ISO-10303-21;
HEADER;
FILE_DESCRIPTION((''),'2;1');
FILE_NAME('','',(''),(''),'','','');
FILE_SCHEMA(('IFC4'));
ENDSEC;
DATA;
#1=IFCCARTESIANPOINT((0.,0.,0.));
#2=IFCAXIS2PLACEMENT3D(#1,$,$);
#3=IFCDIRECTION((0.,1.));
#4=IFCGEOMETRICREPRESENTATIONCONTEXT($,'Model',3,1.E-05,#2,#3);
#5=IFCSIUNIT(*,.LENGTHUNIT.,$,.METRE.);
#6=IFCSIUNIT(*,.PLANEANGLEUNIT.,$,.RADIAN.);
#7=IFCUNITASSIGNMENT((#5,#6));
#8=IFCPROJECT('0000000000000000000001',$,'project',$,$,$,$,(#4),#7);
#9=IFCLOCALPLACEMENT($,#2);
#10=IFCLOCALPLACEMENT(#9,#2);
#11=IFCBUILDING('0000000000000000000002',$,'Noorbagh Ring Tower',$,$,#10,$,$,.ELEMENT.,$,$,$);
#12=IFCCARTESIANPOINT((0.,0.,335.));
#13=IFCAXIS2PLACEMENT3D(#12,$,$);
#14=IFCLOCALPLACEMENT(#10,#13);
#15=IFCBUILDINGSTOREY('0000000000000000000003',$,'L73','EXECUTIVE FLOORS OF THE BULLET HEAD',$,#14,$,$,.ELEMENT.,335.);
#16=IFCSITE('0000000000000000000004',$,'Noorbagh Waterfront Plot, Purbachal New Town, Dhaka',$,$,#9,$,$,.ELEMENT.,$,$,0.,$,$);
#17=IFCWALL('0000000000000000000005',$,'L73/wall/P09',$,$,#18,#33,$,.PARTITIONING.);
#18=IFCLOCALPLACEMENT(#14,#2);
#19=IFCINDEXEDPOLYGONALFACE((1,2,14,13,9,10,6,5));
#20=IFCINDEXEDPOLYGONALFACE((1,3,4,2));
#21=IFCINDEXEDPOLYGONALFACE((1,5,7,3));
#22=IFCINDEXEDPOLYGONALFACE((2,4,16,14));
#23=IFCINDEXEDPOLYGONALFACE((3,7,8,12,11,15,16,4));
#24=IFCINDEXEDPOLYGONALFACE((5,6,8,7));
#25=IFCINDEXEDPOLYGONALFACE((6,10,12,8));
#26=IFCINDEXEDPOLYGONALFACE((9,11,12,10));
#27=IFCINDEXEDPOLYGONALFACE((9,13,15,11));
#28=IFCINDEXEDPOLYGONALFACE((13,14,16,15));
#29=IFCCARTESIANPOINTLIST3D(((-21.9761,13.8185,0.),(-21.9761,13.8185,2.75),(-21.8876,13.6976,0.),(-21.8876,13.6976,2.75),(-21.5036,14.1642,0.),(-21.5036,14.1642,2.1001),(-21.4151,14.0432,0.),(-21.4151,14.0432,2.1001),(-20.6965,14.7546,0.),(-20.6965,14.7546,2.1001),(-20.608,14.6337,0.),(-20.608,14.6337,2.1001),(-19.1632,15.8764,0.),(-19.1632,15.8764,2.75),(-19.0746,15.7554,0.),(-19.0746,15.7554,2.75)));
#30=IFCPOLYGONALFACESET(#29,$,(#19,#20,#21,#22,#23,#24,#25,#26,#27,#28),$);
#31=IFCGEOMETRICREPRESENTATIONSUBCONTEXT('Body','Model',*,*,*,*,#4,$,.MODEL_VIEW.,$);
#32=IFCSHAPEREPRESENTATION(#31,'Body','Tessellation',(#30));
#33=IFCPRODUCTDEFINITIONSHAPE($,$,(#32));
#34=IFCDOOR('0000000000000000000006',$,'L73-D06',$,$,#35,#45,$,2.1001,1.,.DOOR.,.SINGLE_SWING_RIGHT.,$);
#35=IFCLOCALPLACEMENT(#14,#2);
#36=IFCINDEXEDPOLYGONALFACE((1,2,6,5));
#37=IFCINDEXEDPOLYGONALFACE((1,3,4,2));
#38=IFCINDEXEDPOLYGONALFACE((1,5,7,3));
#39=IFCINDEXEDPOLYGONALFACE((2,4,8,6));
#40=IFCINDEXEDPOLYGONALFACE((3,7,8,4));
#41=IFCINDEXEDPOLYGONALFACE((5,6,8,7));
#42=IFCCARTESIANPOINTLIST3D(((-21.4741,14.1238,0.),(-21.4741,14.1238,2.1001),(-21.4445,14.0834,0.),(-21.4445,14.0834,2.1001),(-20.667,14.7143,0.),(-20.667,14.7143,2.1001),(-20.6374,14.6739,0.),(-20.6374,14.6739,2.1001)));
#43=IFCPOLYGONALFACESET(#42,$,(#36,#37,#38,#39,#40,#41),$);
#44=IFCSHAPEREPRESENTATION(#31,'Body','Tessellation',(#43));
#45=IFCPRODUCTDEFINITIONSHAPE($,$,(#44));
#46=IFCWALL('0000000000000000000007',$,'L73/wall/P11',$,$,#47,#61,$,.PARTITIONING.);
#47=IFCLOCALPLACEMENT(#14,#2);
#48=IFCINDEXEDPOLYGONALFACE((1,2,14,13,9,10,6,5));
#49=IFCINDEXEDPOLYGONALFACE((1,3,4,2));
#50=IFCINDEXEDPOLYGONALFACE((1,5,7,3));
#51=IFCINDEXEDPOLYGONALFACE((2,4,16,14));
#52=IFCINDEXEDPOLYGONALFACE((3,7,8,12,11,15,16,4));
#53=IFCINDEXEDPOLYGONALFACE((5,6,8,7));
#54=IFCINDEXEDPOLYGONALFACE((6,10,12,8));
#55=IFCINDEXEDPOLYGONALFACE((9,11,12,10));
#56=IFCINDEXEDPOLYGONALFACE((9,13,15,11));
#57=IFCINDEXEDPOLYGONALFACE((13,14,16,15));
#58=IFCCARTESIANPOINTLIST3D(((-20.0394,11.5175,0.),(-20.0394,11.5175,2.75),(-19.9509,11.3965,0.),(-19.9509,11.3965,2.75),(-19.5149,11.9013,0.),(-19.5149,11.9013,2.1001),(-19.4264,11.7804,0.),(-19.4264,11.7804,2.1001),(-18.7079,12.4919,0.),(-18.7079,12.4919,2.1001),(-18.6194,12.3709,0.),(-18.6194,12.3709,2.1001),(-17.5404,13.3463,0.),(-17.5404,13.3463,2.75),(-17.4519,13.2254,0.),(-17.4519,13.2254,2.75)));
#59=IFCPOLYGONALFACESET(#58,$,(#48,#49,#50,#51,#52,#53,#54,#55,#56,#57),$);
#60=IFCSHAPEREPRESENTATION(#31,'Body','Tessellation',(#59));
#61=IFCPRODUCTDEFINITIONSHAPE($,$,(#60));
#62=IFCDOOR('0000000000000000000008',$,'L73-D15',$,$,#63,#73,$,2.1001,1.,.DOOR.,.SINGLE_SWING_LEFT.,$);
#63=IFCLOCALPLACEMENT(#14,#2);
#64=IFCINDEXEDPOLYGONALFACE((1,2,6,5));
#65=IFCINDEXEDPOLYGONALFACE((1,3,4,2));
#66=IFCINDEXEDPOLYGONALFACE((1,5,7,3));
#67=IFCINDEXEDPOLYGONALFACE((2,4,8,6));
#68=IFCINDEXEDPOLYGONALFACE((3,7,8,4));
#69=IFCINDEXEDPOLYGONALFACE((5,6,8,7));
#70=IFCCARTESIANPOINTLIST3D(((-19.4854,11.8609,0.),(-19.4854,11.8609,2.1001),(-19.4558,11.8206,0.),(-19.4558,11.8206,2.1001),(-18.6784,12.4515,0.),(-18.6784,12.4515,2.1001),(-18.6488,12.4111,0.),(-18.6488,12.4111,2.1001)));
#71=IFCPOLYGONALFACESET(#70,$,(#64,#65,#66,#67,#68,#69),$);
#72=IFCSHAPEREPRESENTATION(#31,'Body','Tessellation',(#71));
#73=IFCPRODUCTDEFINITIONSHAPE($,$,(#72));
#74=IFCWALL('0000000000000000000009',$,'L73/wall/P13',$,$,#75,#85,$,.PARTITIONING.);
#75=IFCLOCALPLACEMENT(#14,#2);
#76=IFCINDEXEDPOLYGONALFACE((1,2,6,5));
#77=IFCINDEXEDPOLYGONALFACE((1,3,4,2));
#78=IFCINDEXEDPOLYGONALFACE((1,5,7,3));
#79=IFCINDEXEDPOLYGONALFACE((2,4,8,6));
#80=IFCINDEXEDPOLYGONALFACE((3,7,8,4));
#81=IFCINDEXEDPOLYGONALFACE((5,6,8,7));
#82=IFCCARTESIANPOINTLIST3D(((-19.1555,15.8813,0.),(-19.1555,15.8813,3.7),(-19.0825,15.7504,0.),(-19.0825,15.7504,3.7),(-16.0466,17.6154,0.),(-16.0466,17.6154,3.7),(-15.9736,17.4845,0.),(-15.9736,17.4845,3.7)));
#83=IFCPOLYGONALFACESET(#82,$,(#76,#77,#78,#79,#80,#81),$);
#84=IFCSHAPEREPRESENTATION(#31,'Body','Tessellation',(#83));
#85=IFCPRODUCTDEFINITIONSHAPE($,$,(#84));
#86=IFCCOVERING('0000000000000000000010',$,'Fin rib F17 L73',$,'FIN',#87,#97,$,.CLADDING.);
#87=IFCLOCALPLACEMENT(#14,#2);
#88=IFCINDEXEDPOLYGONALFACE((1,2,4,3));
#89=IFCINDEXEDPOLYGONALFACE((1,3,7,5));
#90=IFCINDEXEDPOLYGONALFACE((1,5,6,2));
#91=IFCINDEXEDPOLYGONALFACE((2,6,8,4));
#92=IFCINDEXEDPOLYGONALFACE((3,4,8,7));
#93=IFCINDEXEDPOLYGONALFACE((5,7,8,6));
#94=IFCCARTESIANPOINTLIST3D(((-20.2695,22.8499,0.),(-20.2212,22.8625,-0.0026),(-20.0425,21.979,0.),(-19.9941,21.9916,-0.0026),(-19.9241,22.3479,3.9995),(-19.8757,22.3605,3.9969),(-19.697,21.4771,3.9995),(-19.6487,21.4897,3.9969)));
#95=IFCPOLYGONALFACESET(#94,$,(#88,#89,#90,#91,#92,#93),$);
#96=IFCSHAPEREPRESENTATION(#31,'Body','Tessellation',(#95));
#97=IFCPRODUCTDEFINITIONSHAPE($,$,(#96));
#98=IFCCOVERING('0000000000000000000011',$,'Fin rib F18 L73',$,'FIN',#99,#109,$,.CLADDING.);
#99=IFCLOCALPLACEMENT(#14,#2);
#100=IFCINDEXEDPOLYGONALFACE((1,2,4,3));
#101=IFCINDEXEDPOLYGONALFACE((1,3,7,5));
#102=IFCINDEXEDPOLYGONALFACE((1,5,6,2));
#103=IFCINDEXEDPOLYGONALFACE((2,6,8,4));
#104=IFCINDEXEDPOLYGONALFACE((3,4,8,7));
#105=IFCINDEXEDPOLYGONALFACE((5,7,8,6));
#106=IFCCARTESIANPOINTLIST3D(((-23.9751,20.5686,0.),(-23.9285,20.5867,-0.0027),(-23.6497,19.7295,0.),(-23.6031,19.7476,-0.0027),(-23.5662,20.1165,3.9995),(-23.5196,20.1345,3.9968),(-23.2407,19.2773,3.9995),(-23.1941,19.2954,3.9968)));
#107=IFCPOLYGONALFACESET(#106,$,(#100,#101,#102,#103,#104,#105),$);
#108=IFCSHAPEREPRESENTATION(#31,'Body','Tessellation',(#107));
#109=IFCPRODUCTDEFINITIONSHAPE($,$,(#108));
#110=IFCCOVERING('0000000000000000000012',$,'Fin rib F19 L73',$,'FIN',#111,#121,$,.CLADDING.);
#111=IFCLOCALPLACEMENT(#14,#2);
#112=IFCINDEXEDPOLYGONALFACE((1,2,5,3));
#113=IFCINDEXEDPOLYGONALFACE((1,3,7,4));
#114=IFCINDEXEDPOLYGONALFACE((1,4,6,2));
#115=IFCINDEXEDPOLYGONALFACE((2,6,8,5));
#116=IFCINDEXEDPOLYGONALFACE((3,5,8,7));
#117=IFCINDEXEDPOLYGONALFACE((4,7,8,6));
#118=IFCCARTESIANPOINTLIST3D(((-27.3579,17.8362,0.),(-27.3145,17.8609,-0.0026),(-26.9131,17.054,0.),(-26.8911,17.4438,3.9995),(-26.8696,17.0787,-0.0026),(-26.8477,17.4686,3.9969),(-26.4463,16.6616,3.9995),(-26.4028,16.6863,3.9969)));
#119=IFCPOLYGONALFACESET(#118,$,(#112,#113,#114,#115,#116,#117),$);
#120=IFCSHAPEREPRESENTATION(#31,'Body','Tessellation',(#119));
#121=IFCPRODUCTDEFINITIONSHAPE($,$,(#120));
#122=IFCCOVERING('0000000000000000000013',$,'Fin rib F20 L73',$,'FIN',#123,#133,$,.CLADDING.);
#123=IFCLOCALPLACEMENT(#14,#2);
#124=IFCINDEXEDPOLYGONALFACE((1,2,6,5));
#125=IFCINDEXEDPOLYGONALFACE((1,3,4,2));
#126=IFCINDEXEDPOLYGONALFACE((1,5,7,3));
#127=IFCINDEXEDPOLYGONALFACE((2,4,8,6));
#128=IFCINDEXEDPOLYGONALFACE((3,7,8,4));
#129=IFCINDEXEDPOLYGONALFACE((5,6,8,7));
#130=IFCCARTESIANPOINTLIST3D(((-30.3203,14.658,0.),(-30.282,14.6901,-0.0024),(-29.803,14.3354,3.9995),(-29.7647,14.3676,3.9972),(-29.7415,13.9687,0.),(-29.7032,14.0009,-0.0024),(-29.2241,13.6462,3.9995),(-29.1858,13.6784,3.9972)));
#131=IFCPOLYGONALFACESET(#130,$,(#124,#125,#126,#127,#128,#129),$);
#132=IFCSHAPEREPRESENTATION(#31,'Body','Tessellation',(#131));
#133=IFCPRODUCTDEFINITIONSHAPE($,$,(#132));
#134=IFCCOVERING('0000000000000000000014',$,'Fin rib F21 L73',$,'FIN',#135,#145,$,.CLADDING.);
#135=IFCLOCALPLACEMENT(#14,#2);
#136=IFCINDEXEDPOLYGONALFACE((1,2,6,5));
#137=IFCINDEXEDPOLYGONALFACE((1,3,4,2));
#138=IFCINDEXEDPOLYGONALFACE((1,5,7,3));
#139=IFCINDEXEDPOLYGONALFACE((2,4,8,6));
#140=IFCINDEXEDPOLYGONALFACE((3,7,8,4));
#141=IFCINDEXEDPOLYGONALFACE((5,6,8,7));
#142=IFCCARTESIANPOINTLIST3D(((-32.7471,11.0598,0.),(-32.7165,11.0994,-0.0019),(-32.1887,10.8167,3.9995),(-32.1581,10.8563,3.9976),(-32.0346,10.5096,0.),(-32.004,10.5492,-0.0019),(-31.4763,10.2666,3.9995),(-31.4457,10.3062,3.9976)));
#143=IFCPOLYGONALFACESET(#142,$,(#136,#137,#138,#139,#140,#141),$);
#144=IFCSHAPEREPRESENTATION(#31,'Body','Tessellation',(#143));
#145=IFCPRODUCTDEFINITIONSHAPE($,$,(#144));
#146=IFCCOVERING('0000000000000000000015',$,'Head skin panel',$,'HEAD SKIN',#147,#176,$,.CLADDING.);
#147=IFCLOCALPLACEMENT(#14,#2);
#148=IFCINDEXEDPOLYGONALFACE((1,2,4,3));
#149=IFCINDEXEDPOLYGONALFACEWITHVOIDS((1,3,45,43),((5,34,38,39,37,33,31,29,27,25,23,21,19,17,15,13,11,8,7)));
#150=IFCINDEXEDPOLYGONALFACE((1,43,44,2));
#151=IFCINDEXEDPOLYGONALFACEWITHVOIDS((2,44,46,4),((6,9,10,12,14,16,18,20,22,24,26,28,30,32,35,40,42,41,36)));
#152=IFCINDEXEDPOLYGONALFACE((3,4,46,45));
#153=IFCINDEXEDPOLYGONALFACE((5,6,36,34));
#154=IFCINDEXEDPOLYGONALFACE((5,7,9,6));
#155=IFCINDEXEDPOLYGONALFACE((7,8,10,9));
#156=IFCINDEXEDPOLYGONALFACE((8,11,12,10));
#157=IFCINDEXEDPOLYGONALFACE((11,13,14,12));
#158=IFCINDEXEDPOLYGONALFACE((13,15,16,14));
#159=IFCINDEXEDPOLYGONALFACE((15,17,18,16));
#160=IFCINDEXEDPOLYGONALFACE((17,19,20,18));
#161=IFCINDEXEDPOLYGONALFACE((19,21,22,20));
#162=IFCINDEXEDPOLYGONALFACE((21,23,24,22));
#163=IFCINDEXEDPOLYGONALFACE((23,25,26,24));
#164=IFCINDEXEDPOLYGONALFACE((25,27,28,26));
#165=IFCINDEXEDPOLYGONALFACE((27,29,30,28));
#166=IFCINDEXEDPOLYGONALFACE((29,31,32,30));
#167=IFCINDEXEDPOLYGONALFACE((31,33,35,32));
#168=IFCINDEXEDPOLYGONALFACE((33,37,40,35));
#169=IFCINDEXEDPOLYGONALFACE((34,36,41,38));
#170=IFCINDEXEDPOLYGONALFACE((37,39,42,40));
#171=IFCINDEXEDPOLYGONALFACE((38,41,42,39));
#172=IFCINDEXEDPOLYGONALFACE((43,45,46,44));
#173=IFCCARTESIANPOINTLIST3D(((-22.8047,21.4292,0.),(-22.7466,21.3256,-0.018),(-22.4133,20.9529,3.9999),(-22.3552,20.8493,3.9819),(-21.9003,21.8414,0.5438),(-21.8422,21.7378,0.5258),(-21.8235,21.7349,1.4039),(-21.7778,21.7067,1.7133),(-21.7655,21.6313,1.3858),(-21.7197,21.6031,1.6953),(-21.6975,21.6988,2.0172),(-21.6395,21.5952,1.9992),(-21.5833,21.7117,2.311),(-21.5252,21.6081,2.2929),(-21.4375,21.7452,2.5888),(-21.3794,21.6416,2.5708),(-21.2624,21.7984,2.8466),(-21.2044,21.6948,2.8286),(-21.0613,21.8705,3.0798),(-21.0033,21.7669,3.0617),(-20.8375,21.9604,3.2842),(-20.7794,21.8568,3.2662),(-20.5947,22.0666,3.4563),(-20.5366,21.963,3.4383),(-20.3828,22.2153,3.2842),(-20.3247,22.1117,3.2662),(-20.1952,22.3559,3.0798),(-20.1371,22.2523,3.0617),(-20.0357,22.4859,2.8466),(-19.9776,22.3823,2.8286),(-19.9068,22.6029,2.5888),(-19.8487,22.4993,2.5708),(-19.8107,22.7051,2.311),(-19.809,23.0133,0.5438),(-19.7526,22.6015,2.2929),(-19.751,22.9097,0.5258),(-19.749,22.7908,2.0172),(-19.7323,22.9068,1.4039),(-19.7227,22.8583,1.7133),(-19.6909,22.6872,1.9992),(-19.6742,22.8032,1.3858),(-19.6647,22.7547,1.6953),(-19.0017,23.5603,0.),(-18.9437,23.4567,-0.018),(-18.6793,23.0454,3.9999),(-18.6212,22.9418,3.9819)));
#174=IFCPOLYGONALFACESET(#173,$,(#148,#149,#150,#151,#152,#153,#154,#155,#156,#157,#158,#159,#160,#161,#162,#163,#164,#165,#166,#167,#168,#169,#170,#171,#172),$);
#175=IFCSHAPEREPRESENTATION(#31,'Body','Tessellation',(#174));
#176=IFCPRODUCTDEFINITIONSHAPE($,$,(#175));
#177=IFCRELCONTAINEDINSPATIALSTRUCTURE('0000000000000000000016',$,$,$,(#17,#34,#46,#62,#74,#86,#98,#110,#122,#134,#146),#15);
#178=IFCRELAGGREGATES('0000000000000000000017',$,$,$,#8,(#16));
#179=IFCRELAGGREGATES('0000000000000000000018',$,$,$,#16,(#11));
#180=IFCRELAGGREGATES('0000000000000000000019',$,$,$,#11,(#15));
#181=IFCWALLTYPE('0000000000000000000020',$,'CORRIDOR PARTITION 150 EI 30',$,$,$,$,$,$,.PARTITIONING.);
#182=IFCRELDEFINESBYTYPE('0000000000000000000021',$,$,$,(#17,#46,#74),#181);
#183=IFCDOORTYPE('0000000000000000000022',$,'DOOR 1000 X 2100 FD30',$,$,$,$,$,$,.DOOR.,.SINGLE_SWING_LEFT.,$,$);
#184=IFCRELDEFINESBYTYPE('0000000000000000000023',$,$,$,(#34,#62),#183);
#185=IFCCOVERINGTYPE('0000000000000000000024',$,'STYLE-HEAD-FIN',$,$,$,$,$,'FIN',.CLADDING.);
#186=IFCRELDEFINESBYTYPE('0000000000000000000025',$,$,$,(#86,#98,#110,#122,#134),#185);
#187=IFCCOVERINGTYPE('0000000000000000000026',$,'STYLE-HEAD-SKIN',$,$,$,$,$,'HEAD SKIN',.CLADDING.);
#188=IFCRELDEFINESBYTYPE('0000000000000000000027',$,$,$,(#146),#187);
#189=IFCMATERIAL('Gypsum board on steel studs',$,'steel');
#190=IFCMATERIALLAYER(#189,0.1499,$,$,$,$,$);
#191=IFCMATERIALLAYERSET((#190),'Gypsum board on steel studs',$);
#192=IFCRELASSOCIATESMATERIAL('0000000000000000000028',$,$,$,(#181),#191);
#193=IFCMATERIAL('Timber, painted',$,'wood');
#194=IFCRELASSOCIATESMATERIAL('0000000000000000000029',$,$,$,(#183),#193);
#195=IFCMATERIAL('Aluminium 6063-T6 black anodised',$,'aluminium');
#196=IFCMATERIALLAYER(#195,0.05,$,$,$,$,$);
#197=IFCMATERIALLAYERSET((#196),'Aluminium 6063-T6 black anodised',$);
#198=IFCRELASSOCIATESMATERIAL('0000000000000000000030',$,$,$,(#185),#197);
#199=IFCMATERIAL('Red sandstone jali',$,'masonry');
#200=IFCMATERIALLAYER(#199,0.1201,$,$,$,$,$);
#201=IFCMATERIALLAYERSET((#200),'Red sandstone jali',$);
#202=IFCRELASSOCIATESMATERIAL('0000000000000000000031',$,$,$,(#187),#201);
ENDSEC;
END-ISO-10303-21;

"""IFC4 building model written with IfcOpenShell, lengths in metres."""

from ifc_helpers import new_model, si_unit, direction, frame, frame_2d, origin, place, context, subcontext, project, spatial, polyline, rectangle, outline, extrude, material, layer, layer_set, type_object, element, fill, save


model = new_model("IFC4")

# Units and contexts
model_context = context("Model", 3, precision=1e-05, world=origin(), true_north=direction((0.0, 1.0)))
body_context = subcontext(model_context, "Body", "Model", "MODEL_VIEW")
ifc_project = project(units=[si_unit("LENGTHUNIT", "METRE"), si_unit("PLANEANGLEUNIT", "RADIAN")], contexts=[model_context])

# Site, building, storey
site_placement = place(None, origin())
site = spatial("IfcSite", under=ifc_project, at=site_placement, Name="Noorbagh Waterfront Plot, Purbachal New Town, Dhaka", CompositionType="ELEMENT", RefElevation=0.0)
building_placement = place(site_placement, origin())
building = spatial("IfcBuilding", under=site, at=building_placement, Name="Noorbagh Ring Tower", CompositionType="ELEMENT")
storey_placement = place(building_placement, frame((0.0, 0.0, 335.0)))
storey = spatial("IfcBuildingStorey", under=building, at=storey_placement, Name="L73", Description="EXECUTIVE FLOORS OF THE BULLET HEAD", CompositionType="ELEMENT", Elevation=335.0)

# Shared definitions
ifc_material_1 = material(Name="Gypsum board on steel studs", Category="steel")
ifc_layer_1 = layer(ifc_material_1, 0.1499)
ifc_layer_set_1 = layer_set([ifc_layer_1], Name="Gypsum board on steel studs")
wall_type = type_object("IfcWallType", Name="CORRIDOR PARTITION 150 EI 30", PredefinedType="PARTITIONING", material=ifc_layer_set_1)

# Walls, openings, doors
wall_1_placement = place(storey_placement, frame((-21.9319, 13.7581, 0.0), z_axis=(0.0, 0.0, 1.0), x_axis=(0.807088, 0.590431, 0.0)))
wall_1 = element("IfcWall", 1, at=wall_1_placement, inside=storey, type_object=wall_type, Name="L73/wall/P09", PredefinedType="PARTITIONING", context=body_context, shape_type="SweptSolid", body=[
    extrude(rectangle(XDim=3.4854, YDim=0.1499, at=frame_2d((1.7427, 0.0))), origin(), (0.0, 0.0, 1.0), 2.75),
])
opening_1_placement = place(wall_1_placement, frame((0.5854, 0.0, 0.0)))
opening_1 = element("IfcOpeningElement", 2, at=opening_1_placement, cuts=wall_1, PredefinedType="OPENING", context=body_context, shape_type="SweptSolid", body=[
    extrude(rectangle(XDim=1.0, YDim=2.1001, at=frame_2d((0.5, 1.05))), frame((0.0, 0.085, 0.0), z_axis=(0.0, -1.0, 0.0), x_axis=(1.0, 0.0, 0.0)), (0.0, 0.0, 1.0), 0.1699),
])
ifc_material_2 = material(Name="Timber, painted", Category="wood")
door_type = type_object("IfcDoorType", Name="DOOR 1000 X 2100 FD30", OperationType="SINGLE_SWING_LEFT", PredefinedType="DOOR", material=ifc_material_2)
door_1_placement = place(opening_1_placement, origin())
door_1 = element("IfcDoor", 3, at=door_1_placement, inside=storey, type_object=door_type, Name="L73-D06", OperationType="SINGLE_SWING_RIGHT", OverallHeight=2.1001, OverallWidth=1.0, PredefinedType="DOOR", context=body_context, shape_type="SweptSolid", body=[
    extrude(rectangle(XDim=1.0, YDim=2.1001, at=frame_2d((0.5, 1.05))), frame((0.0, 0.0249, 0.0), z_axis=(0.0, -1.0, 0.0), x_axis=(1.0, 0.0, 0.0)), (0.0, 0.0, 1.0), 0.05),
])
fill(opening_1, door_1)
wall_2_placement = place(storey_placement, frame((-19.9951, 11.457, 0.0), z_axis=(0.0, 0.0, 1.0), x_axis=(0.806984, 0.590574, 0.0)))
wall_2 = element("IfcWall", 4, at=wall_2_placement, inside=storey, type_object=wall_type, Name="L73/wall/P11", PredefinedType="PARTITIONING", context=body_context, shape_type="SweptSolid", body=[
    extrude(rectangle(XDim=3.0967, YDim=0.1499, at=frame_2d((1.5483, 0.0))), origin(), (0.0, 0.0, 1.0), 2.75),
])
opening_2_placement = place(wall_2_placement, frame((0.6499, 0.0, 0.0)))
opening_2 = element("IfcOpeningElement", 5, at=opening_2_placement, cuts=wall_2, PredefinedType="OPENING", context=body_context, shape_type="SweptSolid", body=[
    extrude(rectangle(XDim=1.0, YDim=2.1001, at=frame_2d((0.5, 1.05))), frame((0.0, 0.085, 0.0), z_axis=(0.0, -1.0, 0.0), x_axis=(1.0, 0.0, 0.0)), (0.0, 0.0, 1.0), 0.1699),
])
door_2_placement = place(opening_2_placement, origin())
door_2 = element("IfcDoor", 6, at=door_2_placement, inside=storey, type_object=door_type, Name="L73-D15", OperationType="SINGLE_SWING_LEFT", OverallHeight=2.1001, OverallWidth=1.0, PredefinedType="DOOR", context=body_context, shape_type="SweptSolid", body=[
    extrude(rectangle(XDim=1.0, YDim=2.1001, at=frame_2d((0.5, 1.05))), frame((0.0, 0.0249, 0.0), z_axis=(0.0, -1.0, 0.0), x_axis=(1.0, 0.0, 0.0)), (0.0, 0.0, 1.0), 0.05),
])
fill(opening_2, door_2)

# Wall
wall_3_placement = place(storey_placement, frame((-19.1189, 15.8159, 0.0), z_axis=(0.0, 0.0, 1.0), x_axis=(0.873325, 0.487139, 0.0)))
element("IfcWall", 7, at=wall_3_placement, inside=storey, type_object=wall_type, Name="L73/wall/P13", PredefinedType="PARTITIONING", context=body_context, shape_type="SweptSolid", body=[
    extrude(rectangle(XDim=3.5598, YDim=0.1499, at=frame_2d((1.7798, 0.0))), origin(), (0.0, 0.0, 1.0), 3.7),
])

# Coverings
ifc_material_3 = material(Name="Aluminium 6063-T6 black anodised", Category="aluminium")
ifc_layer_2 = layer(ifc_material_3, 0.05)
ifc_layer_set_2 = layer_set([ifc_layer_2], Name="Aluminium 6063-T6 black anodised")
covering_type_1 = type_object("IfcCoveringType", Name="STYLE-HEAD-FIN", ElementType="FIN", PredefinedType="CLADDING", material=ifc_layer_set_2)
covering_1_placement = place(storey_placement, frame((-20.2695, 22.8499, 0.0), z_axis=(-0.96635, -0.25195, 0.051848), x_axis=(0.08539, -0.124072, 0.988592)))
element("IfcCovering", 8, at=covering_1_placement, inside=storey, type_object=covering_type_1, Name="Fin rib F17 L73", ObjectType="FIN", PredefinedType="CLADDING", context=body_context, shape_type="SweptSolid", body=[
    extrude(outline(polyline([(0.0, 0.0), (4.0457, 0.0), (4.1731, -0.8909), (0.1274, -0.8909), (0.0, 0.0)])), origin(), (0.0, 0.0, -1.0), 0.05),
])
covering_2_placement = place(storey_placement, frame((-23.9751, 20.5686, 0.0), z_axis=(-0.930956, -0.36106, 0.054369), x_axis=(0.101079, -0.11176, 0.988581)))
element("IfcCovering", 9, at=covering_2_placement, inside=storey, type_object=covering_type_1, Name="Fin rib F18 L73", ObjectType="FIN", PredefinedType="CLADDING", context=body_context, shape_type="SweptSolid", body=[
    extrude(outline(polyline([(0.0, 0.0), (4.0457, 0.0), (4.1724, -0.8911), (0.1267, -0.8911), (0.0, 0.0)])), origin(), (0.0, 0.0, -1.0), 0.05),
])
covering_3_placement = place(storey_placement, frame((-27.3579, 17.8362, 0.0), z_axis=(-0.86806, -0.493634, 0.052891), x_axis=(0.11538, -0.096975, 0.988576)))
element("IfcCovering", 10, at=covering_3_placement, inside=storey, type_object=covering_type_1, Name="Fin rib F19 L73", ObjectType="FIN", PredefinedType="CLADDING", context=body_context, shape_type="SweptSolid", body=[
    extrude(outline(polyline([(0.0, 0.0), (4.0457, 0.0), (4.1729, -0.8908), (0.1272, -0.8908), (0.0, 0.0)])), origin(), (0.0, 0.0, -1.0), 0.05),
])
covering_4_placement = place(storey_placement, frame((-30.3203, 14.658, 0.0), z_axis=(-0.764896, -0.642426, 0.047135), x_axis=(0.127872, -0.079717, 0.988582)))
element("IfcCovering", 11, at=covering_4_placement, inside=storey, type_object=covering_type_1, Name="Fin rib F20 L73", ObjectType="FIN", PredefinedType="CLADDING", context=body_context, shape_type="SweptSolid", body=[
    extrude(outline(polyline([(0.0, 0.0), (4.0457, 0.0), (4.1747, -0.8908), (0.129, -0.8908), (0.0, 0.0)])), origin(), (0.0, 0.0, -1.0), 0.05),
])
covering_5_placement = place(storey_placement, frame((-32.7471, 11.0598, 0.0), z_axis=(-0.6108, -0.79091, 0.037208), x_axis=(0.138028, -0.060087, 0.988604)))
element("IfcCovering", 12, at=covering_5_placement, inside=storey, type_object=covering_type_1, Name="Fin rib F21 L73", ObjectType="FIN", PredefinedType="CLADDING", context=body_context, shape_type="SweptSolid", body=[
    extrude(outline(polyline([(0.0, 0.0), (4.0456, 0.0), (4.177, -0.8904), (0.1314, -0.8905), (0.0, 0.0)])), origin(), (0.0, 0.0, -1.0), 0.05),
])
ifc_material_4 = material(Name="Red sandstone jali", Category="masonry")
ifc_layer_3 = layer(ifc_material_4, 0.1201)
ifc_layer_set_3 = layer_set([ifc_layer_3], Name="Red sandstone jali")
covering_type_2 = type_object("IfcCoveringType", Name="STYLE-HEAD-SKIN", ElementType="HEAD SKIN", PredefinedType="CLADDING", material=ifc_layer_set_3)
covering_6_placement = place(storey_placement, frame((-19.0017, 23.5603, 0.0), z_axis=(-0.483324, 0.862496, 0.149993), x_axis=(-0.872365, -0.488855, 0.0)))
element("IfcCovering", 13, at=covering_6_placement, inside=storey, type_object=covering_type_2, Name="Head skin panel", ObjectType="HEAD SKIN", PredefinedType="CLADDING", context=body_context, shape_type="SweptSolid", body=[
    extrude(outline(polyline([(0.0, 0.0), (4.3594, 0.0), (4.2507, 4.0457), (-0.0295, 4.0457), (0.0, 0.0)]), holes=[polyline([(0.9717, 0.55), (0.9568, 1.4199), (0.9722, 1.7329), (1.0281, 2.0403), (1.1238, 2.3374), (1.2576, 2.6184), (1.4272, 2.8792), (1.6299, 3.115), (1.8623, 3.3218), (2.1199, 3.4958), (2.3835, 3.3218), (2.6228, 3.115), (2.8335, 2.8792), (3.0122, 2.6184), (3.1558, 2.3374), (3.2617, 2.0403), (3.3279, 1.7329), (3.354, 1.4199), (3.3689, 0.55), (0.9717, 0.55)])]), origin(), (0.0, 0.0, -1.0), 0.1201),
])

save(model, "model.ifc")
